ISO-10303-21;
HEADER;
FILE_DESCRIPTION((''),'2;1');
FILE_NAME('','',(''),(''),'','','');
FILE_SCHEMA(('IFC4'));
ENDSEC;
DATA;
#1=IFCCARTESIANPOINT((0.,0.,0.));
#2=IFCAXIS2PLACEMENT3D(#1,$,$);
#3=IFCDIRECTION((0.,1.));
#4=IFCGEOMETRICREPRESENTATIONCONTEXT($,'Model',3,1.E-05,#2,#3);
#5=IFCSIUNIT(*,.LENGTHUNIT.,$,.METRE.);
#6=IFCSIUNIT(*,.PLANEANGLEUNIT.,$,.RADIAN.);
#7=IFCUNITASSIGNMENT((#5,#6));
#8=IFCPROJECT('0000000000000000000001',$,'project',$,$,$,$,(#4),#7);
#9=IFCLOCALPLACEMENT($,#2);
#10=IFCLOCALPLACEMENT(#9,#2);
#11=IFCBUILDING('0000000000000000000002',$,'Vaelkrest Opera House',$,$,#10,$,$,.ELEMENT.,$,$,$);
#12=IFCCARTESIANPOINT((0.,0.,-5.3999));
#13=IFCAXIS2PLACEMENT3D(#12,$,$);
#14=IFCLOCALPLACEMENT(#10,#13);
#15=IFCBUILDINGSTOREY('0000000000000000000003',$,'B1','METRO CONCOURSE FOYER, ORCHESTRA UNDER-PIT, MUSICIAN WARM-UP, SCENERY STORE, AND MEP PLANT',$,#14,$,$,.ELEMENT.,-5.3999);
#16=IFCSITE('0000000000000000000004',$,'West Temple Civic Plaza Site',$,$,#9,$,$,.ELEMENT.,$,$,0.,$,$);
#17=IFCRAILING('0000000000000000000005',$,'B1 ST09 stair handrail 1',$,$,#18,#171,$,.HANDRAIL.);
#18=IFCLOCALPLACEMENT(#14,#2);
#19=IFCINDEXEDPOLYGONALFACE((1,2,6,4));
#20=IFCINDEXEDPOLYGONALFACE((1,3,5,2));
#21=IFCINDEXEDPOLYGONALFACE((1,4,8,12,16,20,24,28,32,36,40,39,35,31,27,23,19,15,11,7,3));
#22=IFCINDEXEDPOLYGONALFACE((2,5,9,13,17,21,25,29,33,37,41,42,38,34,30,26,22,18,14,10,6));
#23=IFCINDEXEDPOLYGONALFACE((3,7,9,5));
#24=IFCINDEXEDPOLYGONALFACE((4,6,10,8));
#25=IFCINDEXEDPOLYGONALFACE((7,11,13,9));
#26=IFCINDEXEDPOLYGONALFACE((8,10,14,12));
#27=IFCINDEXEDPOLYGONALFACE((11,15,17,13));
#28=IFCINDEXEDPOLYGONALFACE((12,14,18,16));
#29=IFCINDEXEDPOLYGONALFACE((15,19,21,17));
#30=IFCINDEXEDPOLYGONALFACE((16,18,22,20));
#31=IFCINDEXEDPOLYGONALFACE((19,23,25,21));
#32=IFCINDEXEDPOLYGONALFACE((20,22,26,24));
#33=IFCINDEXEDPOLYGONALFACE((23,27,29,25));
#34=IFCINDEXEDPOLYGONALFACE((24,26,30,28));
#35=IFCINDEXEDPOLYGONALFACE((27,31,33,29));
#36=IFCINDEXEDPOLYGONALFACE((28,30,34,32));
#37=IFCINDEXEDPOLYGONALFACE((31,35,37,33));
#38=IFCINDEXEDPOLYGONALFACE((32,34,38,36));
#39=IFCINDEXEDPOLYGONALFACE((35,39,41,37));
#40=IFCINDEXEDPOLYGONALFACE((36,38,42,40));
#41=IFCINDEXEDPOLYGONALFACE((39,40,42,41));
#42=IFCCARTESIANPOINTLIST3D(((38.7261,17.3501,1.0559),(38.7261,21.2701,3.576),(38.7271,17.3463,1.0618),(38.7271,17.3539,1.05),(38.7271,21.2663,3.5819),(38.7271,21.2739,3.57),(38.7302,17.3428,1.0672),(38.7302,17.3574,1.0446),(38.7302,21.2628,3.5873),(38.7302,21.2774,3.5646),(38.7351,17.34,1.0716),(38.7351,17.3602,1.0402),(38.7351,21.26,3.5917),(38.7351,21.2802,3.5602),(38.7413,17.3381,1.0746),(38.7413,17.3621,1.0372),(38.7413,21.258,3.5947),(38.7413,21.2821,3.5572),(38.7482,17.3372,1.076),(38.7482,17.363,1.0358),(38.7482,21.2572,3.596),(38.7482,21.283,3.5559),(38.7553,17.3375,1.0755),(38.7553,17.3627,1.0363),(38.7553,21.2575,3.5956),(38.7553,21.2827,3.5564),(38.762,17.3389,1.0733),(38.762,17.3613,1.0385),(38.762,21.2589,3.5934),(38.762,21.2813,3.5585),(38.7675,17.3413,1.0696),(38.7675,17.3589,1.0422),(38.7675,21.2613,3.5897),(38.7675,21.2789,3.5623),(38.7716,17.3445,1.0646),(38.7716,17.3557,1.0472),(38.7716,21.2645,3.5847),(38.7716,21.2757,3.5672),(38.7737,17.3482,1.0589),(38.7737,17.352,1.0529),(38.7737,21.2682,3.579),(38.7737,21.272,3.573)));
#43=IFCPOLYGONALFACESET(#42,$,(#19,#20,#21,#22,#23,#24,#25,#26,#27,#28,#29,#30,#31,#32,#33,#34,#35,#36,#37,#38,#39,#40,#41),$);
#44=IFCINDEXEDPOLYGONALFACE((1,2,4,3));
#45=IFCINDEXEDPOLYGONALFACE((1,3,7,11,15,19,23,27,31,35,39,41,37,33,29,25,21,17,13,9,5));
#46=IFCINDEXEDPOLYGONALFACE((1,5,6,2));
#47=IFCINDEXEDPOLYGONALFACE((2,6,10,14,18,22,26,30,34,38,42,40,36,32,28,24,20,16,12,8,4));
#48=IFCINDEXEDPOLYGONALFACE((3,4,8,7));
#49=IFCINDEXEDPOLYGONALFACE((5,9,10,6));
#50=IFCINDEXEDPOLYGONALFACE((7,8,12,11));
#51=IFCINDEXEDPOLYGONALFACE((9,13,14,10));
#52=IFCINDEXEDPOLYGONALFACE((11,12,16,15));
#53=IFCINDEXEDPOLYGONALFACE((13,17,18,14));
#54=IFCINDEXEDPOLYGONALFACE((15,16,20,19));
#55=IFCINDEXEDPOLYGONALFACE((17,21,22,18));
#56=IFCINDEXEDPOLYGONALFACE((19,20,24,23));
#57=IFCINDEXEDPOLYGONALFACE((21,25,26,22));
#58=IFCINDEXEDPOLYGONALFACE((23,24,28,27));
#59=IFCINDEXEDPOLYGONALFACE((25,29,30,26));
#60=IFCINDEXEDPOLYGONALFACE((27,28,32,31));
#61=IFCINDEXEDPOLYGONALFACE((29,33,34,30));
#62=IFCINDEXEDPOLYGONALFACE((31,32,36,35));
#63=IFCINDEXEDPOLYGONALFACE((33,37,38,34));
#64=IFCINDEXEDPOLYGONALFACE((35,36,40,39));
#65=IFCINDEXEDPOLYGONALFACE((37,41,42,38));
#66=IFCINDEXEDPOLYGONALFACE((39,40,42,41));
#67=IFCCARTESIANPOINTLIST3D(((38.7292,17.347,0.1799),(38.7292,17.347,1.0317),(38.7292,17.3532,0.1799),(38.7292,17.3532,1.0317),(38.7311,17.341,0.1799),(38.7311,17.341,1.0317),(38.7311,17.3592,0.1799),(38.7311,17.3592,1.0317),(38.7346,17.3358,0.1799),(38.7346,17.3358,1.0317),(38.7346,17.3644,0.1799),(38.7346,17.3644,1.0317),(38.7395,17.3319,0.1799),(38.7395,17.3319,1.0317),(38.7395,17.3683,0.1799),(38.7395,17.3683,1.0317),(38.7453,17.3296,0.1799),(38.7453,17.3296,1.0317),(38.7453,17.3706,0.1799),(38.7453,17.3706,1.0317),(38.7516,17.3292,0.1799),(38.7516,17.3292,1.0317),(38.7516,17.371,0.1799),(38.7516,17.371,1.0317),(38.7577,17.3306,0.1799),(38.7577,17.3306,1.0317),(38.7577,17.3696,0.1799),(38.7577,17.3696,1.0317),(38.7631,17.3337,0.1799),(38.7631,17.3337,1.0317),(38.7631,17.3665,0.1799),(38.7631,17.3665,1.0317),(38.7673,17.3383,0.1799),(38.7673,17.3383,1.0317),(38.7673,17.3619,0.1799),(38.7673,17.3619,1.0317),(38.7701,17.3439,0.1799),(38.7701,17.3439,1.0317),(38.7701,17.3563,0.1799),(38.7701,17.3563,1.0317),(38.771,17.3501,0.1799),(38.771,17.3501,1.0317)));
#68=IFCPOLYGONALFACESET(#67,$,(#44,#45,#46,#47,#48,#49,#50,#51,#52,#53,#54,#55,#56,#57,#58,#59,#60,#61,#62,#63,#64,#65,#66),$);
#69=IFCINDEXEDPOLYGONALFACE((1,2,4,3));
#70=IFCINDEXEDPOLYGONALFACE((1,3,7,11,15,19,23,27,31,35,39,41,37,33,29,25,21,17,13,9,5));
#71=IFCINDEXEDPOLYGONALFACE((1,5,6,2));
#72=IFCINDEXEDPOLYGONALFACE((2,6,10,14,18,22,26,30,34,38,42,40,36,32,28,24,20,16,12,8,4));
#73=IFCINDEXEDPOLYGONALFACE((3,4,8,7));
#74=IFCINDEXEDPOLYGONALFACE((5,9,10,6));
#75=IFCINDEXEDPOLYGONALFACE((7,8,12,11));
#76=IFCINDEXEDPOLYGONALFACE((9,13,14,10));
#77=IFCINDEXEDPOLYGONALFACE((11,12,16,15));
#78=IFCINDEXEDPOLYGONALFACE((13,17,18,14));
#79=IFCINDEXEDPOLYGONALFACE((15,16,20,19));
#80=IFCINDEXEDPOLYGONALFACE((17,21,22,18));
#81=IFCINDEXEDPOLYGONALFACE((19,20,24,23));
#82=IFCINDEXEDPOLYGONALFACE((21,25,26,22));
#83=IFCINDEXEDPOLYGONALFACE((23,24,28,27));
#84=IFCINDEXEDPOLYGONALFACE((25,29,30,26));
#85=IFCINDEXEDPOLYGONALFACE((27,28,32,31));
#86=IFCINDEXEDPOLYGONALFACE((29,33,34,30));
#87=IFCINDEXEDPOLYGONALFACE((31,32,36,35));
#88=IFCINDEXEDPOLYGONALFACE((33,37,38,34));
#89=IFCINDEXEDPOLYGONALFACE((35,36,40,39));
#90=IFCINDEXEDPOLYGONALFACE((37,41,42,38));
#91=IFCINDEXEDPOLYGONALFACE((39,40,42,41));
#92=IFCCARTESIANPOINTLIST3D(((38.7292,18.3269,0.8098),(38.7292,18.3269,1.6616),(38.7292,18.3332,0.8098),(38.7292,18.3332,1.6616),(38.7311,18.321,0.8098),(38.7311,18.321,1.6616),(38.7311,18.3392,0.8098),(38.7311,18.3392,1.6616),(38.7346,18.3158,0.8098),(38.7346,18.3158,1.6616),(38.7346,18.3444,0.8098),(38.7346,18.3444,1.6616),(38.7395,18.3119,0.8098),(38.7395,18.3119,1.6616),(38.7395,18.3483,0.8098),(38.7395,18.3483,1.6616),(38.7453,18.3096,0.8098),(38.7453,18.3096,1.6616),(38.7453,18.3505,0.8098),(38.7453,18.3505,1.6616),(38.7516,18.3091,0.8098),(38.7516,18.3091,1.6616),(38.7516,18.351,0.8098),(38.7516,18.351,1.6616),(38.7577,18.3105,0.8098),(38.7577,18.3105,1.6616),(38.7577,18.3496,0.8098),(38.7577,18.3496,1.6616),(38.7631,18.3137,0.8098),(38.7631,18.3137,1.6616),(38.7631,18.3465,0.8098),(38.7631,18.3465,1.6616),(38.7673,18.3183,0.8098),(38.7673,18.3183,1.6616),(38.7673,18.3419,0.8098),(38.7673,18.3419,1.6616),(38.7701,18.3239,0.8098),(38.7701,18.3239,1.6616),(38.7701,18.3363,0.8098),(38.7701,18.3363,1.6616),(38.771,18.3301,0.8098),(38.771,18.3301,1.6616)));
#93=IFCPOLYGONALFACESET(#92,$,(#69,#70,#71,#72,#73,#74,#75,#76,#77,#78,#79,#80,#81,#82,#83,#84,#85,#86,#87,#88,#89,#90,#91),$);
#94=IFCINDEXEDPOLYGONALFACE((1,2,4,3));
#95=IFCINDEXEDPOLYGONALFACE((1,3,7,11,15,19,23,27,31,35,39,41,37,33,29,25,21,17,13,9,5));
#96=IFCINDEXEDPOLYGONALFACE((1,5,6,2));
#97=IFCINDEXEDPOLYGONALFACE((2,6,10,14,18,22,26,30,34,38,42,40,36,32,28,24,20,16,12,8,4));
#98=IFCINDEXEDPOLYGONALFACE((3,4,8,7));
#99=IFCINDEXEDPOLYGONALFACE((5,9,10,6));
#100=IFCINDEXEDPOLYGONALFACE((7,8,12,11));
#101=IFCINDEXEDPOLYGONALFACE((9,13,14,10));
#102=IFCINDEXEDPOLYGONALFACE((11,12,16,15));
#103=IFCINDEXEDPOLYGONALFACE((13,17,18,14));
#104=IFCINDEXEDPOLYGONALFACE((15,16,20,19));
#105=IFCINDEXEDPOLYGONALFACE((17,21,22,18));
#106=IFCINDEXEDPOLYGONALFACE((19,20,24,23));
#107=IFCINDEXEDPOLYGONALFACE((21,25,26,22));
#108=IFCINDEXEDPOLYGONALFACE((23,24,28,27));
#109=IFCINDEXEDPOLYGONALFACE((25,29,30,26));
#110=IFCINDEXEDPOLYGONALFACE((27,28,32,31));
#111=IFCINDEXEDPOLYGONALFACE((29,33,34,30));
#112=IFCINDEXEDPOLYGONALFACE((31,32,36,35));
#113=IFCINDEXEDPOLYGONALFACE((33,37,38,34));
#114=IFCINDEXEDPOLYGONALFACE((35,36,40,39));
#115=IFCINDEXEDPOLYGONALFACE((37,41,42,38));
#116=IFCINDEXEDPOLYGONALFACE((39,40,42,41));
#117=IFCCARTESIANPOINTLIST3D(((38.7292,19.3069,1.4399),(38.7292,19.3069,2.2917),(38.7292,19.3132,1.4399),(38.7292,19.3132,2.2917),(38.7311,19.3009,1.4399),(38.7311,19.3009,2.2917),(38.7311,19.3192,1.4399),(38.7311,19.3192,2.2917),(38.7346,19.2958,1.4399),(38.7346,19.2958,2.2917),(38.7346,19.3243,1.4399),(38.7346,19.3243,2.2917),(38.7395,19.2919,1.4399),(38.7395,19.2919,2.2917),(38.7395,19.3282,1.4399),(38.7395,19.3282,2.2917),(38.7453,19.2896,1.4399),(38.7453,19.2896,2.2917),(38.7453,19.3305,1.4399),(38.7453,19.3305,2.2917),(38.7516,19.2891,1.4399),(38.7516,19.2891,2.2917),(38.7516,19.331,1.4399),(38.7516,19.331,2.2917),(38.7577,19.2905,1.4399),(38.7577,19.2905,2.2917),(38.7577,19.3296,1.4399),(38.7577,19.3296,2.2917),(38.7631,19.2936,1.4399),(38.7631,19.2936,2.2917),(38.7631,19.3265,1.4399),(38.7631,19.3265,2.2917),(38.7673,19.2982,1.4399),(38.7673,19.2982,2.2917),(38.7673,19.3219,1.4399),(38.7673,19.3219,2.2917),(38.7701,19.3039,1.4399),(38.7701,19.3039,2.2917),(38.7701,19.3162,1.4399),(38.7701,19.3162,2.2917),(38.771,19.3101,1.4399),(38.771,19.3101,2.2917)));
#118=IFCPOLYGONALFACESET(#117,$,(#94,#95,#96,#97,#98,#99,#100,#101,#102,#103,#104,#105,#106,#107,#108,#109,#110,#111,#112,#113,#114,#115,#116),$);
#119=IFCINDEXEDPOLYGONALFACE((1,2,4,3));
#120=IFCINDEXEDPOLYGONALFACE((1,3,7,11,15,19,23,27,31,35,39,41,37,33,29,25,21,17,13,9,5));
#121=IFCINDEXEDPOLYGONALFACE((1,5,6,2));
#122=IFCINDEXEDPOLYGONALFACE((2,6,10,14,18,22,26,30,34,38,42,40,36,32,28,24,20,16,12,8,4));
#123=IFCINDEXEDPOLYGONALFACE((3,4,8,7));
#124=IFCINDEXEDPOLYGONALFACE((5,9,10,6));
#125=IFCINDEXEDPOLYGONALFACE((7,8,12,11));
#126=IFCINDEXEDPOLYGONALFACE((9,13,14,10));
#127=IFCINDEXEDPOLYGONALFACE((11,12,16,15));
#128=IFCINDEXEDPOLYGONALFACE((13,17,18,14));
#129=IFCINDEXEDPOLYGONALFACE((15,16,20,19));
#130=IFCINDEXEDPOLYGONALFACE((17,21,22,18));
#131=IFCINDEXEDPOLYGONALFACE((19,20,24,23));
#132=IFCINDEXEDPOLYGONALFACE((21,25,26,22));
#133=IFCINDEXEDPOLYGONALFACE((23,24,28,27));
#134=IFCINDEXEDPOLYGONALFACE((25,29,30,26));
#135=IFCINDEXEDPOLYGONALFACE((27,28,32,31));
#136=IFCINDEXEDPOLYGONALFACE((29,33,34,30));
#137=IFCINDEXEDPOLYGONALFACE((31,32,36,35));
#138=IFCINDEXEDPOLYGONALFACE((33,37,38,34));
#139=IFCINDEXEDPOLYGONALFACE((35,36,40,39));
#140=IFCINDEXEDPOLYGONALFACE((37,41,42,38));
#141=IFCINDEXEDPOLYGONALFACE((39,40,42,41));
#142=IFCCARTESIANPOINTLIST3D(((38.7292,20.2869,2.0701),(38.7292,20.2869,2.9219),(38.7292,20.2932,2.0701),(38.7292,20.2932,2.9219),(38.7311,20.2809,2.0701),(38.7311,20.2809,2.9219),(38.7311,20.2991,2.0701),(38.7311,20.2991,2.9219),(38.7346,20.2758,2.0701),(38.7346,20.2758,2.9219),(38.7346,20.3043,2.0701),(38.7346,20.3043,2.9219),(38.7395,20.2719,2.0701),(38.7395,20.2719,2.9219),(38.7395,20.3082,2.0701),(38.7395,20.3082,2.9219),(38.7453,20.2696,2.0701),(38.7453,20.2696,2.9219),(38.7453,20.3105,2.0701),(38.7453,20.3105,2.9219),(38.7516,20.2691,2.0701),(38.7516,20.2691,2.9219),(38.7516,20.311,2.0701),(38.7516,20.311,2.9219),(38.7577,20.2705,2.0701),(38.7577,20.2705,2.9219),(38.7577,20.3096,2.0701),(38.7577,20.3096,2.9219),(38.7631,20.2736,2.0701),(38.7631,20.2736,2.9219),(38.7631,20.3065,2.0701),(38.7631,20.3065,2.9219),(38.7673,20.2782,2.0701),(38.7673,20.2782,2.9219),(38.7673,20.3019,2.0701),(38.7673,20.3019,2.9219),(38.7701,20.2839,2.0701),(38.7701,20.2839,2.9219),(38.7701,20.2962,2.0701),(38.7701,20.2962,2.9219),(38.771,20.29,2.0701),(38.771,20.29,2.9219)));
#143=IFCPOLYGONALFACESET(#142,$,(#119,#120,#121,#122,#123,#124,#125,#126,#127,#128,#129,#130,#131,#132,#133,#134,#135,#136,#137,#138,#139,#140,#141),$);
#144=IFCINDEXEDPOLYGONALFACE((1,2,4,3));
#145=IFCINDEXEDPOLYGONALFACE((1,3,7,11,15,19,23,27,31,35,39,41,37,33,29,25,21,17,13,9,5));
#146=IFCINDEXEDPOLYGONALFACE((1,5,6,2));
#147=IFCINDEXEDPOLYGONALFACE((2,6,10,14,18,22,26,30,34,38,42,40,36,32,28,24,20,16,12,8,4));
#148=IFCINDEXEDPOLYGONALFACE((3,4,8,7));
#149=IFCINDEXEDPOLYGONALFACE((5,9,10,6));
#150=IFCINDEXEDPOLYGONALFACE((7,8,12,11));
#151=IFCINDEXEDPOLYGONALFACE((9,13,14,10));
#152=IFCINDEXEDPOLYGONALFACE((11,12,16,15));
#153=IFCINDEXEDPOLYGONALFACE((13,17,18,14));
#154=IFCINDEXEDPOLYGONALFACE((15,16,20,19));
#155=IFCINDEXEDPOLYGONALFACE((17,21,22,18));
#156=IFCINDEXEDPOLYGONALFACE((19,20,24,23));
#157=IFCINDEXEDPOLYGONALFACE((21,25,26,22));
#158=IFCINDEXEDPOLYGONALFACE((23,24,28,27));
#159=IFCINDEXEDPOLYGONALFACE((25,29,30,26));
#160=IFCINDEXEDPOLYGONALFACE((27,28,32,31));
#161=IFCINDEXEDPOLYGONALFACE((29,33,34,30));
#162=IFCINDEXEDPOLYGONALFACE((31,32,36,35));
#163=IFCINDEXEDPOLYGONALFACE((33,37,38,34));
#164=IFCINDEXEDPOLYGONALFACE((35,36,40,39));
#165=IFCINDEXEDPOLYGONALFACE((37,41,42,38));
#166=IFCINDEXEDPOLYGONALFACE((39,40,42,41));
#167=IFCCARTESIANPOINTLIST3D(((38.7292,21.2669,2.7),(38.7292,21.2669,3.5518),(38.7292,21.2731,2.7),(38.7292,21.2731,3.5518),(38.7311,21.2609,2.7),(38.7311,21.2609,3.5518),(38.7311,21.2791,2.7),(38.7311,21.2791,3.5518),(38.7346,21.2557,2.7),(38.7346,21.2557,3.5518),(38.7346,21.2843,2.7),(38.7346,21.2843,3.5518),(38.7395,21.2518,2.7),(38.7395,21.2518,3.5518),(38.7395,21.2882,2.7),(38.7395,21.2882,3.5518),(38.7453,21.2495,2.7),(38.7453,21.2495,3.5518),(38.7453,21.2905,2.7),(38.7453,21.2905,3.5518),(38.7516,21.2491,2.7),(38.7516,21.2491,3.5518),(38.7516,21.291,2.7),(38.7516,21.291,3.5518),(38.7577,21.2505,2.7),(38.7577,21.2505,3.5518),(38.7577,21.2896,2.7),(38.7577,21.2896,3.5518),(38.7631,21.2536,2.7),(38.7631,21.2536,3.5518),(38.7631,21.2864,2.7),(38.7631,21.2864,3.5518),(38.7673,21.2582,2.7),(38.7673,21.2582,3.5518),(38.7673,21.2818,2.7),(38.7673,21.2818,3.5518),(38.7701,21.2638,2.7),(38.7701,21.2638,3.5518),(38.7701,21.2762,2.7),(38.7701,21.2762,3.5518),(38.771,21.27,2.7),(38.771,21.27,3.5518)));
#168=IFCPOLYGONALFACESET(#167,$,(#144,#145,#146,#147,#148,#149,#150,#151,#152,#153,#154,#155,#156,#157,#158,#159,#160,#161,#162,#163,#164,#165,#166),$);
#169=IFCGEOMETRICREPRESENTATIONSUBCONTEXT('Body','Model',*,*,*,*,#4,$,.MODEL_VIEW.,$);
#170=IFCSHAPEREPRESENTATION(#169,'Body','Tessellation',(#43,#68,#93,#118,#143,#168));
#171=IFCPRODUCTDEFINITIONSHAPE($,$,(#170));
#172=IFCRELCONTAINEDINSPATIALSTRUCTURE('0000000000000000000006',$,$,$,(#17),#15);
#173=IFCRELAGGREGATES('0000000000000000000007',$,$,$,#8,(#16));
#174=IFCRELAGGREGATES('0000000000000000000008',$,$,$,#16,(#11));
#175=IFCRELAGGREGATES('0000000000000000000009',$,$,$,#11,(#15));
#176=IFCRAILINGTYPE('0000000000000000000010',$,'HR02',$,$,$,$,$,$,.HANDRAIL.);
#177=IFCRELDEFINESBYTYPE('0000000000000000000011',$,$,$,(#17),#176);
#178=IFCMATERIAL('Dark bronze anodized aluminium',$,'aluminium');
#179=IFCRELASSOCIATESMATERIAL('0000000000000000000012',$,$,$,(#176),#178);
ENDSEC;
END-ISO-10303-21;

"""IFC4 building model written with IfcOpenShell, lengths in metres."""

from ifc_helpers import new_model, si_unit, direction, frame, origin, origin_2d, place, context, subcontext, project, spatial, circle, extrude, material, type_object, element, save


model = new_model("IFC4")

# Units and contexts
model_context = context("Model", 3, precision=1e-05, world=origin(), true_north=direction((0.0, 1.0)))
body_context = subcontext(model_context, "Body", "Model", "MODEL_VIEW")
ifc_project = project(units=[si_unit("LENGTHUNIT", "METRE"), si_unit("PLANEANGLEUNIT", "RADIAN")], contexts=[model_context])

# Site, building, storey
site_placement = place(None, origin())
site = spatial("IfcSite", under=ifc_project, at=site_placement, Name="West Temple Civic Plaza Site", CompositionType="ELEMENT", RefElevation=0.0)
building_placement = place(site_placement, origin())
building = spatial("IfcBuilding", under=site, at=building_placement, Name="Vaelkrest Opera House", CompositionType="ELEMENT")
storey_placement = place(building_placement, frame((0.0, 0.0, -5.3999)))
storey = spatial("IfcBuildingStorey", under=building, at=storey_placement, Name="B1", Description="METRO CONCOURSE FOYER, ORCHESTRA UNDER-PIT, MUSICIAN WARM-UP, SCENERY STORE, AND MEP PLANT", CompositionType="ELEMENT", Elevation=-5.3999)

# Railing
ifc_material_1 = material(Name="Dark bronze anodized aluminium", Category="aluminium")
railing_type_1 = type_object("IfcRailingType", Name="HR02", PredefinedType="HANDRAIL", material=ifc_material_1)
railing_1_placement = place(storey_placement, frame((38.75, 17.3501, 0.1799)))
element("IfcRailing", 1, at=railing_1_placement, inside=storey, type_object=railing_type_1, Name="B1 ST09 stair handrail 1", PredefinedType="HANDRAIL", context=body_context, shape_type="SweptSolid", body=[
    extrude(circle(Radius=0.0239, at=origin_2d()), frame((0.0, 0.0, 0.876), z_axis=(0.0, 0.841172, 0.540768), x_axis=(-1.0, 0.0, 0.0)), (0.0, 0.0, 1.0), 4.6602),
    extrude(circle(Radius=0.021, at=origin_2d()), origin(), (0.0, 0.0, 1.0), 0.8518),
    extrude(circle(Radius=0.021, at=origin_2d()), frame((0.0, 0.98, 0.6299)), (0.0, 0.0, 1.0), 0.8518),
    extrude(circle(Radius=0.021, at=origin_2d()), frame((0.0, 1.96, 1.26)), (0.0, 0.0, 1.0), 0.8518),
    extrude(circle(Radius=0.021, at=origin_2d()), frame((0.0, 2.9399, 1.8901)), (0.0, 0.0, 1.0), 0.8518),
    extrude(circle(Radius=0.021, at=origin_2d()), frame((0.0, 3.9199, 2.52)), (0.0, 0.0, 1.0), 0.8518),
])

save(model, "model.ifc")
